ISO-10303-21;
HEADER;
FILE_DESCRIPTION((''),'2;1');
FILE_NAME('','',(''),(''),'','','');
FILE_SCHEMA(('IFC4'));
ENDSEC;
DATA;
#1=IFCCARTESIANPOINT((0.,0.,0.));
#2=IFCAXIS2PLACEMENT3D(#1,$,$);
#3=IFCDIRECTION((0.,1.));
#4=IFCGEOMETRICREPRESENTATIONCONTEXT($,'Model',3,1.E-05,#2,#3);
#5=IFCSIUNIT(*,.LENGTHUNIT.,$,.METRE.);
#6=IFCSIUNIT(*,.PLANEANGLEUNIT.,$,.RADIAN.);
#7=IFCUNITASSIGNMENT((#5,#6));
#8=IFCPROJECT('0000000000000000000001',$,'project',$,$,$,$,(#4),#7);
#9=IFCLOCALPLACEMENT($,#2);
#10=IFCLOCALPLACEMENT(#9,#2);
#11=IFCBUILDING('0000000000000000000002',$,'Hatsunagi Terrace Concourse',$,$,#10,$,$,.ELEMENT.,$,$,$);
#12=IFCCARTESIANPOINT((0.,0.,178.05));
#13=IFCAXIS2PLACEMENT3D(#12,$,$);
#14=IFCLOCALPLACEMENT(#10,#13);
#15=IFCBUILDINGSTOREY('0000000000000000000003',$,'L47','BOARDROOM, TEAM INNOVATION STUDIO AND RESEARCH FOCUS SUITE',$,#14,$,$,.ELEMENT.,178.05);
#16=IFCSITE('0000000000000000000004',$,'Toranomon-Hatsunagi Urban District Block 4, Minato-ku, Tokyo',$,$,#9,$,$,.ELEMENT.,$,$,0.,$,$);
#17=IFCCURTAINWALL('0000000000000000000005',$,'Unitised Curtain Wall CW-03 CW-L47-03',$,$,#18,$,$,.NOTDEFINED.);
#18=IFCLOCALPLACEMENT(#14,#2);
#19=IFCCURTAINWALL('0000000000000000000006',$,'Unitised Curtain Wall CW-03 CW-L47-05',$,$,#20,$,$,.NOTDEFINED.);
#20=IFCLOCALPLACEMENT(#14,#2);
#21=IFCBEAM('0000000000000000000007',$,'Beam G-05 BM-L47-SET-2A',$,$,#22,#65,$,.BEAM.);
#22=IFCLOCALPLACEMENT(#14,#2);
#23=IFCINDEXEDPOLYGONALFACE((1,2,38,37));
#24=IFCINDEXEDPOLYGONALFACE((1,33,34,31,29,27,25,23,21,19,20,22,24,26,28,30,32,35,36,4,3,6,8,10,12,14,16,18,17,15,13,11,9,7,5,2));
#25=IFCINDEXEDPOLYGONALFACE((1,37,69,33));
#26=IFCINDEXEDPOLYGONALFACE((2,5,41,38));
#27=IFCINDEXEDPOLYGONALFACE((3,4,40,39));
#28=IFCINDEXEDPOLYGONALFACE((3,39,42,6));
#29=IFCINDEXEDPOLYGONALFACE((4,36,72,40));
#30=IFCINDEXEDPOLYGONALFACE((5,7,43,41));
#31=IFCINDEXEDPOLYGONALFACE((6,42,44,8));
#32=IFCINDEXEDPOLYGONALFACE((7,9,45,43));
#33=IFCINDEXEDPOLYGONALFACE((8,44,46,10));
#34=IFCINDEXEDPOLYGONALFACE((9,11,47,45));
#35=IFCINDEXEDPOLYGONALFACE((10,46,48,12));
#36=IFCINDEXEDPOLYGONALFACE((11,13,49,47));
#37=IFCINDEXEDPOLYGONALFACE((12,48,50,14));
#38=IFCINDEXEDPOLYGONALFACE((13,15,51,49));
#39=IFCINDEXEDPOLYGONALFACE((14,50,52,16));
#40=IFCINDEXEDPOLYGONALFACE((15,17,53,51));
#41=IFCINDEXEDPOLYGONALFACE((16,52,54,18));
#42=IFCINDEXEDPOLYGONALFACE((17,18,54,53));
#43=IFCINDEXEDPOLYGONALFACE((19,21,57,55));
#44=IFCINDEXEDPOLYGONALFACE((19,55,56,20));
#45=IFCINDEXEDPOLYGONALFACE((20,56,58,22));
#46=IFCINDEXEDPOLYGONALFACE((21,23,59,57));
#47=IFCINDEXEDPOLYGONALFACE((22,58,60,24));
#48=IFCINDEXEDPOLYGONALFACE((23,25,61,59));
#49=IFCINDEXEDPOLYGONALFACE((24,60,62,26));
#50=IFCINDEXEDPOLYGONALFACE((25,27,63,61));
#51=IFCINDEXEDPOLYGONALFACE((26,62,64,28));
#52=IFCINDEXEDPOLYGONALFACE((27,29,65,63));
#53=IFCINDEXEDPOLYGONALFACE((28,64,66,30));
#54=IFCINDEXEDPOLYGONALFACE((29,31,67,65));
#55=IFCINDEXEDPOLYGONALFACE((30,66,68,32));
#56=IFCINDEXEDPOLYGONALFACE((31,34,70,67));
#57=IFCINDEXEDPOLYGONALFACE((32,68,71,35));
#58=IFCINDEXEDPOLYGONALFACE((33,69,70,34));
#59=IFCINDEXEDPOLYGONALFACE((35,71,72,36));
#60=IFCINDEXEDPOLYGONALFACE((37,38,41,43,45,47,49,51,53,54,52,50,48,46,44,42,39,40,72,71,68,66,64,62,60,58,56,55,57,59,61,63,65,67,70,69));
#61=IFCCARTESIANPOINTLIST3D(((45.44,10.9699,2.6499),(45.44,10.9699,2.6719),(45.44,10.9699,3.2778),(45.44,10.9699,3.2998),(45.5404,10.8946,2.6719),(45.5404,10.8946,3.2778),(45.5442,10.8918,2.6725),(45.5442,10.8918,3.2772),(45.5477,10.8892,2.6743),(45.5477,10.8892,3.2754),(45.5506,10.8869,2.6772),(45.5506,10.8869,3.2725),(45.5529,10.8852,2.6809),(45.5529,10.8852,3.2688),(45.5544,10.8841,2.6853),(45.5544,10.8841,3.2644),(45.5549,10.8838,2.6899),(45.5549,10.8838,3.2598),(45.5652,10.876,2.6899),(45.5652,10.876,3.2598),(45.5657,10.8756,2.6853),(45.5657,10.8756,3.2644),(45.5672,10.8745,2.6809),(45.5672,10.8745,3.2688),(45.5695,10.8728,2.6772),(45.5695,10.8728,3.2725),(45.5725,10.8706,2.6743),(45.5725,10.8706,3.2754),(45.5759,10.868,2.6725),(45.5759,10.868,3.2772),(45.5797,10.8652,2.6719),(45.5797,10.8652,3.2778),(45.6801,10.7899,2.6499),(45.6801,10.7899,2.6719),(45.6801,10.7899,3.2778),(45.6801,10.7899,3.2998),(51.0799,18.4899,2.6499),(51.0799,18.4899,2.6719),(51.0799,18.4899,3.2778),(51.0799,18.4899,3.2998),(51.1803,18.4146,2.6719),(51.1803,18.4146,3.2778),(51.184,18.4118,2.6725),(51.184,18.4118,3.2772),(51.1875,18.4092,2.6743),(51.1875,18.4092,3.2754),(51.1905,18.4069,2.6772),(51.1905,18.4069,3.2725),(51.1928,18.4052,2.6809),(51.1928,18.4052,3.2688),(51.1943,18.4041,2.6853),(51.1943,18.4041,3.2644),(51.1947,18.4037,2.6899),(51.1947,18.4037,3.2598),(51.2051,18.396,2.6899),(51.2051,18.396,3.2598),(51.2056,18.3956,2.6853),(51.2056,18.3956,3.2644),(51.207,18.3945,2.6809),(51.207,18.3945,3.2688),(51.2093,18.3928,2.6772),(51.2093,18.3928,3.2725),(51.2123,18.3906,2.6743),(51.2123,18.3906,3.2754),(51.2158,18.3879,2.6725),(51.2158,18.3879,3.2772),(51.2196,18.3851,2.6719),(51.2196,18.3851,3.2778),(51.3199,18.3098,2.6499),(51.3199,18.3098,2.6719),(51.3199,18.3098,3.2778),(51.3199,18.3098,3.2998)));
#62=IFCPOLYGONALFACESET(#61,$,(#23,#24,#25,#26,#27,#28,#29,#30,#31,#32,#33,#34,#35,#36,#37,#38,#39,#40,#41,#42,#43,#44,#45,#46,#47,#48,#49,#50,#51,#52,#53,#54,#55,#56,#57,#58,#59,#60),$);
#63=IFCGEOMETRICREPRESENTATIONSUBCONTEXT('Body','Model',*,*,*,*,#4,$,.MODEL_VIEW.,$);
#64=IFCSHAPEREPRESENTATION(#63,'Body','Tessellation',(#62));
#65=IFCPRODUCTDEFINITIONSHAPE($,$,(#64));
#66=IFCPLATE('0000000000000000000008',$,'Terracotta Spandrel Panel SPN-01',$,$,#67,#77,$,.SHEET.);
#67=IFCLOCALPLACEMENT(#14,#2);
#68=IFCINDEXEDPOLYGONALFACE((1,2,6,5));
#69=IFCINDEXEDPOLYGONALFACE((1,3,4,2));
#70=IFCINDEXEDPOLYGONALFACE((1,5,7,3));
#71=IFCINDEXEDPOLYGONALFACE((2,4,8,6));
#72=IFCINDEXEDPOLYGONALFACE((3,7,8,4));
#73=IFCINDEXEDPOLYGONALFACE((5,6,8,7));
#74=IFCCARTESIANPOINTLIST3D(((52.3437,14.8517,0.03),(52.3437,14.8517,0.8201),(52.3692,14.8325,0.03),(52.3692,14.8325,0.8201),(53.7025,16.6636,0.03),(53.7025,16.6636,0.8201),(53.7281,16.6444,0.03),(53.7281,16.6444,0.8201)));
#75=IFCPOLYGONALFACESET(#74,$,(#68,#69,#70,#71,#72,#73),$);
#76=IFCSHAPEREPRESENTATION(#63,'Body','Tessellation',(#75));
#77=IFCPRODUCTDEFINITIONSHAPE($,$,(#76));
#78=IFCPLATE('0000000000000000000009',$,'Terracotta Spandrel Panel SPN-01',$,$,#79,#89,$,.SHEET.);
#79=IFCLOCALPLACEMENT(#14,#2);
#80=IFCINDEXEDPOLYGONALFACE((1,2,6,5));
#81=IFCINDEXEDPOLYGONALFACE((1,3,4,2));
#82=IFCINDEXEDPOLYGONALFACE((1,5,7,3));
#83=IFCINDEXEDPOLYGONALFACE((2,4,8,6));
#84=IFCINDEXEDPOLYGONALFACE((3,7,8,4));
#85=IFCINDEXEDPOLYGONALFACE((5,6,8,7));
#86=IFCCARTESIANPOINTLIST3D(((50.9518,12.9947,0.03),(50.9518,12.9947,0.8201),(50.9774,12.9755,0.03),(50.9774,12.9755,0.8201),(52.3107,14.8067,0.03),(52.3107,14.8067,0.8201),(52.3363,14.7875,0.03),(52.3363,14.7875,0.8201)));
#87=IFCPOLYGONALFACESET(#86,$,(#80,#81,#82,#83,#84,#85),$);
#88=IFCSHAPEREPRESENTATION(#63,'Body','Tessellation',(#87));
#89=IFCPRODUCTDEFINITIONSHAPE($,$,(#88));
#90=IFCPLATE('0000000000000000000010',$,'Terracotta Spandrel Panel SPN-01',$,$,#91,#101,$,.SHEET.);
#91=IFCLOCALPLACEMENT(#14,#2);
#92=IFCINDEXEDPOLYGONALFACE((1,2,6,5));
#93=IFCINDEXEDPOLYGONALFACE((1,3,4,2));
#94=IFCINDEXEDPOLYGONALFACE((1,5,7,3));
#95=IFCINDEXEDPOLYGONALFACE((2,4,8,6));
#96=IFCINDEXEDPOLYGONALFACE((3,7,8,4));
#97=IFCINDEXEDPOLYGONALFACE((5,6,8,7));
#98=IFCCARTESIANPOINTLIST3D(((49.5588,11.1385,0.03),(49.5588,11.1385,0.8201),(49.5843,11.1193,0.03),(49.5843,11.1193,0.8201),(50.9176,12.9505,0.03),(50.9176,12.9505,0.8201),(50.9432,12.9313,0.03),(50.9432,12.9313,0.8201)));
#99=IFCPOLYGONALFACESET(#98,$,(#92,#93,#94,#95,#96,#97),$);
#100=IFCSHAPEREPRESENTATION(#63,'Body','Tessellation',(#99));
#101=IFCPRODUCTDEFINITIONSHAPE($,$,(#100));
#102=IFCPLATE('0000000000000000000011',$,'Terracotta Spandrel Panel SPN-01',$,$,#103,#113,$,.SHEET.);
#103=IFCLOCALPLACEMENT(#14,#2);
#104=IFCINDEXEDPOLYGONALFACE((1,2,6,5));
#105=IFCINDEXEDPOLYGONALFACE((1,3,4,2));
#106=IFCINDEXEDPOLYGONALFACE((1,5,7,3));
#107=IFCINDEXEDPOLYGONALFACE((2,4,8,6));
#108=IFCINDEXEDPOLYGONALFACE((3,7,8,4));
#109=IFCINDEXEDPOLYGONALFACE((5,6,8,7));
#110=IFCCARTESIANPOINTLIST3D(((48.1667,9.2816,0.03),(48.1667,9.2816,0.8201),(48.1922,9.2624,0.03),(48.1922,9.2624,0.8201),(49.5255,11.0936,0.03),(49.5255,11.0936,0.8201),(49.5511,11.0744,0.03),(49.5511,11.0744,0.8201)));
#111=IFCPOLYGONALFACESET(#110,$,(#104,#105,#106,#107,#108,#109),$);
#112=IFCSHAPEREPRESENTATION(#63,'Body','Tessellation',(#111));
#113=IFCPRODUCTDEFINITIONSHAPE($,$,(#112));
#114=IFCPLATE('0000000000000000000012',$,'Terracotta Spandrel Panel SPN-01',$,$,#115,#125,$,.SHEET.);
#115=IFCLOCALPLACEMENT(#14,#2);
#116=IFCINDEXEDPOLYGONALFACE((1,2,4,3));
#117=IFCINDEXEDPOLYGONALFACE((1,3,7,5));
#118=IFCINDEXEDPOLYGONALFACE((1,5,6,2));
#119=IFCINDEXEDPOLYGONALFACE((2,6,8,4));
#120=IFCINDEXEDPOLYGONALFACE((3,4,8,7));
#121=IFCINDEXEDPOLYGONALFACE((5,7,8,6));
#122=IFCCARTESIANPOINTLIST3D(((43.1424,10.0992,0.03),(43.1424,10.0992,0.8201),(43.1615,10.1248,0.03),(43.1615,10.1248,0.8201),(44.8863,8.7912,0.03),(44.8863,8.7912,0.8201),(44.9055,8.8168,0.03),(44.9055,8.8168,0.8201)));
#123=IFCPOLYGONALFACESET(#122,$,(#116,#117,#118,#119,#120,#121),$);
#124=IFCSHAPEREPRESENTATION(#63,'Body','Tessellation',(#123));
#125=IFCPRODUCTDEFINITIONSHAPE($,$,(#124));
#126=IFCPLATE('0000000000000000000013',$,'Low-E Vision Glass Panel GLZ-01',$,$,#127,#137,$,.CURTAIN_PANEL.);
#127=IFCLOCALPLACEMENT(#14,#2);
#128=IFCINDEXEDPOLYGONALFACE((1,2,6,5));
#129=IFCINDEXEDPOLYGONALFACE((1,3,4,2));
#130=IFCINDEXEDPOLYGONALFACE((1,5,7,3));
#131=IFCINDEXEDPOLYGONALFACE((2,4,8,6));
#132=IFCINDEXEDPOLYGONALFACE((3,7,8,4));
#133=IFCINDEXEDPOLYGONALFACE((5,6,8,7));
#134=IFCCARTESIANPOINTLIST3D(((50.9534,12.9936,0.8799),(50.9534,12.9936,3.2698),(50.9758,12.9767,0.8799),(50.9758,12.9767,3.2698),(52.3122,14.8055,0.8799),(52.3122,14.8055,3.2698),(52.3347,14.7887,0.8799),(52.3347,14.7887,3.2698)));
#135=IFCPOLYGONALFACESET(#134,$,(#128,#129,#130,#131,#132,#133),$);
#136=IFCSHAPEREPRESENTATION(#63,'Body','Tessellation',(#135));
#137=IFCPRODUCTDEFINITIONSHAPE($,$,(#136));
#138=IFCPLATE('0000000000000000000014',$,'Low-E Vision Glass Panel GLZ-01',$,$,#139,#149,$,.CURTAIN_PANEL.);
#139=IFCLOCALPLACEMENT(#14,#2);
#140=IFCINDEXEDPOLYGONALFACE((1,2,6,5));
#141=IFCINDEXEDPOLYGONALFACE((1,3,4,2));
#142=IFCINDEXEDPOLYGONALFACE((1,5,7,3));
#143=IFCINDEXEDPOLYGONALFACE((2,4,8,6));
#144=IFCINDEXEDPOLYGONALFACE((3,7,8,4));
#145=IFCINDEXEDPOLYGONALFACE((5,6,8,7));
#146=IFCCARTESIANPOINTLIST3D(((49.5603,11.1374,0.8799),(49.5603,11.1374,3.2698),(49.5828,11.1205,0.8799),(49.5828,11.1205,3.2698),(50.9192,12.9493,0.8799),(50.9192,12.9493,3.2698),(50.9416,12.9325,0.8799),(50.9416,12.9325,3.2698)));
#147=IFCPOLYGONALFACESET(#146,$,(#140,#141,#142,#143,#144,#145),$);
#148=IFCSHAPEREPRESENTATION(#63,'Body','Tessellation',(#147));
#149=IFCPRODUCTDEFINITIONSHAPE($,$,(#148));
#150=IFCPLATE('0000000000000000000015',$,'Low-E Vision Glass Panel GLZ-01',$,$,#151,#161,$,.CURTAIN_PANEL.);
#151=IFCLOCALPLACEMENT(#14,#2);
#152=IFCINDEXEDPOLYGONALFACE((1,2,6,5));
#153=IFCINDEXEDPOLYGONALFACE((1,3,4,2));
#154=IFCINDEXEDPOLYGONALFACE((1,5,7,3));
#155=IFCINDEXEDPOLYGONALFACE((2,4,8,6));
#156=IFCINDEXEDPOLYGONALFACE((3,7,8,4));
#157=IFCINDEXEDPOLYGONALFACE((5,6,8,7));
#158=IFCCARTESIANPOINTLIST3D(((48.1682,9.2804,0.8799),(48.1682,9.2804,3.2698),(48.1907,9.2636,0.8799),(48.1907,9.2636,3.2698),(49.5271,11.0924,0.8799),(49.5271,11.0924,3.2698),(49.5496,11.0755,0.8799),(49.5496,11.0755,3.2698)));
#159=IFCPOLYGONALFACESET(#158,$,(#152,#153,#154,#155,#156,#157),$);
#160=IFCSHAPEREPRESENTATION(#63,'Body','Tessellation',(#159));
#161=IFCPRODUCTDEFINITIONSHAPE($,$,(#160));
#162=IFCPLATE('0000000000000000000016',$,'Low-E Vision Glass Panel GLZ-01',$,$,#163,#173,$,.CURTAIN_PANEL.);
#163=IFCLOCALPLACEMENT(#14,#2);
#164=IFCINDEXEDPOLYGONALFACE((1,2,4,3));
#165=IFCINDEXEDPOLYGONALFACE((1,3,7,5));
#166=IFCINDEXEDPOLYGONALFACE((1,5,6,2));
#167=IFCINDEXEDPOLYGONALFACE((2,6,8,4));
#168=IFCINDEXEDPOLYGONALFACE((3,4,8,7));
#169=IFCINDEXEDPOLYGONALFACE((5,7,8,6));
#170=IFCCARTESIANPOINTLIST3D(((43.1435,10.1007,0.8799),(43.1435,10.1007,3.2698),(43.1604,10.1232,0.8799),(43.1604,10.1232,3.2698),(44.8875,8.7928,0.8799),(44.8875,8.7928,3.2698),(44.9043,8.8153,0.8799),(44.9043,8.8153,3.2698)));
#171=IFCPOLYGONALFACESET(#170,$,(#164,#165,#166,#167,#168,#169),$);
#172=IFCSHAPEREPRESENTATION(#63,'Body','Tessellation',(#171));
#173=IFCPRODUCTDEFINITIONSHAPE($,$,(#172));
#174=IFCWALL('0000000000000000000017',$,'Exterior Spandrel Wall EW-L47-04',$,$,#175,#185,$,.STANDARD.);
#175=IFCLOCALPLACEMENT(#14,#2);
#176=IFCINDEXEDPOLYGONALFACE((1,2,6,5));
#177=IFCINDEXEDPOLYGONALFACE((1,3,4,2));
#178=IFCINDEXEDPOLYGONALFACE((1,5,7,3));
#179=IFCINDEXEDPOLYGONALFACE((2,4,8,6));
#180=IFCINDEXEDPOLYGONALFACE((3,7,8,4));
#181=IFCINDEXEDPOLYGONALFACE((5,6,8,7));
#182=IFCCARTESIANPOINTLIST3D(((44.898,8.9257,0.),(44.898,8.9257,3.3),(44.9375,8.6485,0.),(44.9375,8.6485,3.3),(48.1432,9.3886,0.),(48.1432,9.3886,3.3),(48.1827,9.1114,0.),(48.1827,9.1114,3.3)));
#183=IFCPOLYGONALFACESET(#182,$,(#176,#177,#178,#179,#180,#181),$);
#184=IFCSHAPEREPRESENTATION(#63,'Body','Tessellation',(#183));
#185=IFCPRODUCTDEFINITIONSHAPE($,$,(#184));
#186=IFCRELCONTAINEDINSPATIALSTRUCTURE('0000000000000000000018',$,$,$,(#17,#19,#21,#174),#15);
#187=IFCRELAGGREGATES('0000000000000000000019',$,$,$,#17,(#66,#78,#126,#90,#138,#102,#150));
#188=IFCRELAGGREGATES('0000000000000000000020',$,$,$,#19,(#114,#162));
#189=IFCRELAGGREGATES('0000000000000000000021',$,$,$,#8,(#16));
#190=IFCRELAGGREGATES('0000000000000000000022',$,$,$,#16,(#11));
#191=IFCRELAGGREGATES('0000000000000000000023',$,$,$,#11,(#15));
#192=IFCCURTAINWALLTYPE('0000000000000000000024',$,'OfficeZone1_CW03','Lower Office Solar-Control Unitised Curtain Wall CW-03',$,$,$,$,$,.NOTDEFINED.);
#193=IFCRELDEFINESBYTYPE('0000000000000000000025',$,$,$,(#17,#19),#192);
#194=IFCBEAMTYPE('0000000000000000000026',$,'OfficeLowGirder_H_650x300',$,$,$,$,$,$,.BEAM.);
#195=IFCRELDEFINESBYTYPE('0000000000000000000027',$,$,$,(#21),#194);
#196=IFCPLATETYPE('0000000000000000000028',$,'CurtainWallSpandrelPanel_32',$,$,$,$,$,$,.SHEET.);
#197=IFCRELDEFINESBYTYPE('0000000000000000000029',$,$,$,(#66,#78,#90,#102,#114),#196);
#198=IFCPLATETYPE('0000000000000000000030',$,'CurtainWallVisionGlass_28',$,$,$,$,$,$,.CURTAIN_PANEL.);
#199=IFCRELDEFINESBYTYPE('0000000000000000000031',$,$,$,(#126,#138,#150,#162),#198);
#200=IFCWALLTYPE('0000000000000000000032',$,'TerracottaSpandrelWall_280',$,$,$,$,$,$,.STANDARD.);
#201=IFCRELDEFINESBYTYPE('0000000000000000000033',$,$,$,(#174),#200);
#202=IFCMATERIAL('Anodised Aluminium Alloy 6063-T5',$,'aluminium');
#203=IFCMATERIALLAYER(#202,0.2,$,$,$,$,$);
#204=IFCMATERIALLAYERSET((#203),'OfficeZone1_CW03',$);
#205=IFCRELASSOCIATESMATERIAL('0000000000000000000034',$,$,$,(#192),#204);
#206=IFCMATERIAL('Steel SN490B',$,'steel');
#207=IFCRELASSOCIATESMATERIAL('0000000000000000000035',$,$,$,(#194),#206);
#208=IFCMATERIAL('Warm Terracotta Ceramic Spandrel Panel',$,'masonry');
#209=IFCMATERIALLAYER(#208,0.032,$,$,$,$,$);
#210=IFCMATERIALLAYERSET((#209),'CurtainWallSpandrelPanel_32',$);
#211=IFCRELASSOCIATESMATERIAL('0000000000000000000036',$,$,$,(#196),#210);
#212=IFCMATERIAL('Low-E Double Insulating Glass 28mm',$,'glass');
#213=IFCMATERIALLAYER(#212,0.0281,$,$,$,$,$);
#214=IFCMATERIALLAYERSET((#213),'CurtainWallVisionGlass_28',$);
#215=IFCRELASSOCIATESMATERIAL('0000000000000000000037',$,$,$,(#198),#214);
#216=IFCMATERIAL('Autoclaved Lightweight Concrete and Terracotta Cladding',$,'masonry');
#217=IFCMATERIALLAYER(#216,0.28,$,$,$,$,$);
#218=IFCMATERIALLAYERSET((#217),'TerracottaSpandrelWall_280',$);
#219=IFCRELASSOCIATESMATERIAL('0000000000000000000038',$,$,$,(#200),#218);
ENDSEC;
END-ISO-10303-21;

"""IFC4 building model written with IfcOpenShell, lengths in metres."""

from ifc_helpers import new_model, si_unit, direction, frame, frame_2d, origin, origin_2d, place, context, subcontext, project, spatial, rectangle, i_section, extrude, material, layer, layer_set, material_profile, profile_set, type_object, element, aggregate, save


model = new_model("IFC4")

# Units and contexts
model_context = context("Model", 3, precision=1e-05, world=origin(), true_north=direction((0.0, 1.0)))
body_context = subcontext(model_context, "Body", "Model", "MODEL_VIEW")
ifc_project = project(units=[si_unit("LENGTHUNIT", "METRE"), si_unit("PLANEANGLEUNIT", "RADIAN")], contexts=[model_context])

# Site, building, storey
site_placement = place(None, origin())
site = spatial("IfcSite", under=ifc_project, at=site_placement, Name="Toranomon-Hatsunagi Urban District Block 4, Minato-ku, Tokyo", CompositionType="ELEMENT", RefElevation=0.0)
building_placement = place(site_placement, origin())
building = spatial("IfcBuilding", under=site, at=building_placement, Name="Hatsunagi Terrace Concourse", CompositionType="ELEMENT")
storey_placement = place(building_placement, frame((0.0, 0.0, 178.05)))
storey = spatial("IfcBuildingStorey", under=building, at=storey_placement, Name="L47", Description="BOARDROOM, TEAM INNOVATION STUDIO AND RESEARCH FOCUS SUITE", CompositionType="ELEMENT", Elevation=178.05)

# Curtain walls
ifc_material_1 = material(Name="Anodised Aluminium Alloy 6063-T5", Category="aluminium")
ifc_layer_1 = layer(ifc_material_1, 0.2)
ifc_layer_set_1 = layer_set([ifc_layer_1], Name="OfficeZone1_CW03")
curtain_wall_type = type_object("IfcCurtainWallType", Name="OfficeZone1_CW03", Description="Lower Office Solar-Control Unitised Curtain Wall CW-03", PredefinedType="NOTDEFINED", material=ifc_layer_set_1)
curtain_wall_1_placement = place(storey_placement, origin())
curtain_wall_1 = element("IfcCurtainWall", 1, at=curtain_wall_1_placement, inside=storey, type_object=curtain_wall_type, Name="Unitised Curtain Wall CW-03 CW-L47-03", PredefinedType="NOTDEFINED")
curtain_wall_2_placement = place(storey_placement, origin())
curtain_wall_2 = element("IfcCurtainWall", 2, at=curtain_wall_2_placement, inside=storey, type_object=curtain_wall_type, Name="Unitised Curtain Wall CW-03 CW-L47-05", PredefinedType="NOTDEFINED")

# Beam
ifc_material_2 = material(Name="Steel SN490B", Category="steel")
ifc_material_profile_1 = material_profile(ifc_material_2, i_section(OverallWidth=0.3, OverallDepth=0.6499, WebThickness=0.0129, FlangeThickness=0.022, FilletRadius=0.0181, at=origin_2d()), Name="H-650x300x13x22")
ifc_profile_set_1 = profile_set([ifc_material_profile_1], Name="Steel SN490B")
beam_type = type_object("IfcBeamType", Name="OfficeLowGirder_H_650x300", PredefinedType="BEAM", material=ifc_profile_set_1)
beam_placement = place(storey_placement, frame((45.5601, 10.8799, 2.9749), z_axis=(0.599992, 0.800006, 0.0), x_axis=(-0.800006, 0.599992, 0.0)))
element("IfcBeam", 3, at=beam_placement, inside=storey, type_object=beam_type, Name="Beam G-05 BM-L47-SET-2A", PredefinedType="BEAM", context=body_context, shape_type="SweptSolid", body=[
    extrude(i_section(OverallWidth=0.3, OverallDepth=0.6499, WebThickness=0.0129, FlangeThickness=0.022, FilletRadius=0.0181, at=origin_2d()), origin(), (0.0, 0.0, 1.0), 9.3999),
])

# Plates
ifc_material_3 = material(Name="Warm Terracotta Ceramic Spandrel Panel", Category="masonry")
ifc_layer_2 = layer(ifc_material_3, 0.032)
ifc_layer_set_2 = layer_set([ifc_layer_2], Name="CurtainWallSpandrelPanel_32")
plate_type_1 = type_object("IfcPlateType", Name="CurtainWallSpandrelPanel_32", PredefinedType="SHEET", material=ifc_layer_set_2)
plate_1_placement = place(storey_placement, frame((53.0359, 15.748, 0.03), z_axis=(0.0, 0.0, 1.0), x_axis=(-0.599969, -0.800023, 0.0)))
plate_1 = element("IfcPlate", 4, at=plate_1_placement, type_object=plate_type_1, Name="Terracotta Spandrel Panel SPN-01", PredefinedType="SHEET", context=body_context, shape_type="SweptSolid", body=[
    extrude(rectangle(XDim=2.2649, YDim=0.032, at=origin_2d()), origin(), (0.0, 0.0, 1.0), 0.79),
])
plate_2_placement = place(storey_placement, frame((51.644, 13.8911, 0.03), z_axis=(0.0, 0.0, 1.0), x_axis=(-0.599969, -0.800023, 0.0)))
plate_2 = element("IfcPlate", 5, at=plate_2_placement, type_object=plate_type_1, Name="Terracotta Spandrel Panel SPN-01", PredefinedType="SHEET", context=body_context, shape_type="SweptSolid", body=[
    extrude(rectangle(XDim=2.2649, YDim=0.032, at=origin_2d()), origin(), (0.0, 0.0, 1.0), 0.79),
])
plate_3_placement = place(storey_placement, frame((50.251, 12.0349, 0.03), z_axis=(0.0, 0.0, 1.0), x_axis=(-0.599969, -0.800023, 0.0)))
plate_3 = element("IfcPlate", 6, at=plate_3_placement, type_object=plate_type_1, Name="Terracotta Spandrel Panel SPN-01", PredefinedType="SHEET", context=body_context, shape_type="SweptSolid", body=[
    extrude(rectangle(XDim=2.2649, YDim=0.032, at=origin_2d()), origin(), (0.0, 0.0, 1.0), 0.79),
])
plate_4_placement = place(storey_placement, frame((48.8589, 10.178, 0.03), z_axis=(0.0, 0.0, 1.0), x_axis=(-0.599969, -0.800023, 0.0)))
plate_4 = element("IfcPlate", 7, at=plate_4_placement, type_object=plate_type_1, Name="Terracotta Spandrel Panel SPN-01", PredefinedType="SHEET", context=body_context, shape_type="SweptSolid", body=[
    extrude(rectangle(XDim=2.2649, YDim=0.032, at=origin_2d()), origin(), (0.0, 0.0, 1.0), 0.79),
])
plate_5_placement = place(storey_placement, frame((44.0239, 9.458, 0.03), z_axis=(0.0, 0.0, 1.0), x_axis=(-0.800005, 0.599993, 0.0)))
plate_5 = element("IfcPlate", 8, at=plate_5_placement, type_object=plate_type_1, Name="Terracotta Spandrel Panel SPN-01", PredefinedType="SHEET", context=body_context, shape_type="SweptSolid", body=[
    extrude(rectangle(XDim=2.1799, YDim=0.032, at=origin_2d()), origin(), (0.0, 0.0, 1.0), 0.79),
])
ifc_material_4 = material(Name="Low-E Double Insulating Glass 28mm", Category="glass")
ifc_layer_3 = layer(ifc_material_4, 0.0281)
ifc_layer_set_3 = layer_set([ifc_layer_3], Name="CurtainWallVisionGlass_28")
plate_type_2 = type_object("IfcPlateType", Name="CurtainWallVisionGlass_28", PredefinedType="CURTAIN_PANEL", material=ifc_layer_set_3)
plate_6_placement = place(storey_placement, frame((51.644, 13.8911, 0.8799), z_axis=(0.0, 0.0, 1.0), x_axis=(-0.599969, -0.800023, 0.0)))
plate_6 = element("IfcPlate", 9, at=plate_6_placement, type_object=plate_type_2, Name="Low-E Vision Glass Panel GLZ-01", PredefinedType="CURTAIN_PANEL", context=body_context, shape_type="SweptSolid", body=[
    extrude(rectangle(XDim=2.2649, YDim=0.0281, at=origin_2d()), origin(), (0.0, 0.0, 1.0), 2.3899),
])
plate_7_placement = place(storey_placement, frame((50.251, 12.0349, 0.8799), z_axis=(0.0, 0.0, 1.0), x_axis=(-0.599969, -0.800023, 0.0)))
plate_7 = element("IfcPlate", 10, at=plate_7_placement, type_object=plate_type_2, Name="Low-E Vision Glass Panel GLZ-01", PredefinedType="CURTAIN_PANEL", context=body_context, shape_type="SweptSolid", body=[
    extrude(rectangle(XDim=2.2649, YDim=0.0281, at=origin_2d()), origin(), (0.0, 0.0, 1.0), 2.3899),
])
plate_8_placement = place(storey_placement, frame((48.8589, 10.178, 0.8799), z_axis=(0.0, 0.0, 1.0), x_axis=(-0.599969, -0.800023, 0.0)))
plate_8 = element("IfcPlate", 11, at=plate_8_placement, type_object=plate_type_2, Name="Low-E Vision Glass Panel GLZ-01", PredefinedType="CURTAIN_PANEL", context=body_context, shape_type="SweptSolid", body=[
    extrude(rectangle(XDim=2.2649, YDim=0.0281, at=origin_2d()), origin(), (0.0, 0.0, 1.0), 2.3899),
])
aggregate(curtain_wall_1, [plate_1, plate_2, plate_6, plate_3, plate_7, plate_4, plate_8])
plate_9_placement = place(storey_placement, frame((44.0239, 9.458, 0.8799), z_axis=(0.0, 0.0, 1.0), x_axis=(-0.800005, 0.599993, 0.0)))
plate_9 = element("IfcPlate", 12, at=plate_9_placement, type_object=plate_type_2, Name="Low-E Vision Glass Panel GLZ-01", PredefinedType="CURTAIN_PANEL", context=body_context, shape_type="SweptSolid", body=[
    extrude(rectangle(XDim=2.1799, YDim=0.0281, at=origin_2d()), origin(), (0.0, 0.0, 1.0), 2.3899),
])
aggregate(curtain_wall_2, [plate_5, plate_9])

# Wall
ifc_material_5 = material(Name="Autoclaved Lightweight Concrete and Terracotta Cladding", Category="masonry")
ifc_layer_4 = layer(ifc_material_5, 0.28)
ifc_layer_set_4 = layer_set([ifc_layer_4], Name="TerracottaSpandrelWall_280")
wall_type = type_object("IfcWallType", Name="TerracottaSpandrelWall_280", PredefinedType="STANDARD", material=ifc_layer_set_4)
wall_placement = place(storey_placement, frame((48.1631, 9.25, 0.0), z_axis=(0.0, 0.0, 1.0), x_axis=(-0.989979, -0.141213, 0.0)))
element("IfcWall", 13, at=wall_placement, inside=storey, type_object=wall_type, Name="Exterior Spandrel Wall EW-L47-04", PredefinedType="STANDARD", context=body_context, shape_type="SweptSolid", body=[
    extrude(rectangle(XDim=3.2781, YDim=0.28, at=frame_2d((1.6392, 0.0))), origin(), (0.0, 0.0, 1.0), 3.3),
])

save(model, "model.ifc")
